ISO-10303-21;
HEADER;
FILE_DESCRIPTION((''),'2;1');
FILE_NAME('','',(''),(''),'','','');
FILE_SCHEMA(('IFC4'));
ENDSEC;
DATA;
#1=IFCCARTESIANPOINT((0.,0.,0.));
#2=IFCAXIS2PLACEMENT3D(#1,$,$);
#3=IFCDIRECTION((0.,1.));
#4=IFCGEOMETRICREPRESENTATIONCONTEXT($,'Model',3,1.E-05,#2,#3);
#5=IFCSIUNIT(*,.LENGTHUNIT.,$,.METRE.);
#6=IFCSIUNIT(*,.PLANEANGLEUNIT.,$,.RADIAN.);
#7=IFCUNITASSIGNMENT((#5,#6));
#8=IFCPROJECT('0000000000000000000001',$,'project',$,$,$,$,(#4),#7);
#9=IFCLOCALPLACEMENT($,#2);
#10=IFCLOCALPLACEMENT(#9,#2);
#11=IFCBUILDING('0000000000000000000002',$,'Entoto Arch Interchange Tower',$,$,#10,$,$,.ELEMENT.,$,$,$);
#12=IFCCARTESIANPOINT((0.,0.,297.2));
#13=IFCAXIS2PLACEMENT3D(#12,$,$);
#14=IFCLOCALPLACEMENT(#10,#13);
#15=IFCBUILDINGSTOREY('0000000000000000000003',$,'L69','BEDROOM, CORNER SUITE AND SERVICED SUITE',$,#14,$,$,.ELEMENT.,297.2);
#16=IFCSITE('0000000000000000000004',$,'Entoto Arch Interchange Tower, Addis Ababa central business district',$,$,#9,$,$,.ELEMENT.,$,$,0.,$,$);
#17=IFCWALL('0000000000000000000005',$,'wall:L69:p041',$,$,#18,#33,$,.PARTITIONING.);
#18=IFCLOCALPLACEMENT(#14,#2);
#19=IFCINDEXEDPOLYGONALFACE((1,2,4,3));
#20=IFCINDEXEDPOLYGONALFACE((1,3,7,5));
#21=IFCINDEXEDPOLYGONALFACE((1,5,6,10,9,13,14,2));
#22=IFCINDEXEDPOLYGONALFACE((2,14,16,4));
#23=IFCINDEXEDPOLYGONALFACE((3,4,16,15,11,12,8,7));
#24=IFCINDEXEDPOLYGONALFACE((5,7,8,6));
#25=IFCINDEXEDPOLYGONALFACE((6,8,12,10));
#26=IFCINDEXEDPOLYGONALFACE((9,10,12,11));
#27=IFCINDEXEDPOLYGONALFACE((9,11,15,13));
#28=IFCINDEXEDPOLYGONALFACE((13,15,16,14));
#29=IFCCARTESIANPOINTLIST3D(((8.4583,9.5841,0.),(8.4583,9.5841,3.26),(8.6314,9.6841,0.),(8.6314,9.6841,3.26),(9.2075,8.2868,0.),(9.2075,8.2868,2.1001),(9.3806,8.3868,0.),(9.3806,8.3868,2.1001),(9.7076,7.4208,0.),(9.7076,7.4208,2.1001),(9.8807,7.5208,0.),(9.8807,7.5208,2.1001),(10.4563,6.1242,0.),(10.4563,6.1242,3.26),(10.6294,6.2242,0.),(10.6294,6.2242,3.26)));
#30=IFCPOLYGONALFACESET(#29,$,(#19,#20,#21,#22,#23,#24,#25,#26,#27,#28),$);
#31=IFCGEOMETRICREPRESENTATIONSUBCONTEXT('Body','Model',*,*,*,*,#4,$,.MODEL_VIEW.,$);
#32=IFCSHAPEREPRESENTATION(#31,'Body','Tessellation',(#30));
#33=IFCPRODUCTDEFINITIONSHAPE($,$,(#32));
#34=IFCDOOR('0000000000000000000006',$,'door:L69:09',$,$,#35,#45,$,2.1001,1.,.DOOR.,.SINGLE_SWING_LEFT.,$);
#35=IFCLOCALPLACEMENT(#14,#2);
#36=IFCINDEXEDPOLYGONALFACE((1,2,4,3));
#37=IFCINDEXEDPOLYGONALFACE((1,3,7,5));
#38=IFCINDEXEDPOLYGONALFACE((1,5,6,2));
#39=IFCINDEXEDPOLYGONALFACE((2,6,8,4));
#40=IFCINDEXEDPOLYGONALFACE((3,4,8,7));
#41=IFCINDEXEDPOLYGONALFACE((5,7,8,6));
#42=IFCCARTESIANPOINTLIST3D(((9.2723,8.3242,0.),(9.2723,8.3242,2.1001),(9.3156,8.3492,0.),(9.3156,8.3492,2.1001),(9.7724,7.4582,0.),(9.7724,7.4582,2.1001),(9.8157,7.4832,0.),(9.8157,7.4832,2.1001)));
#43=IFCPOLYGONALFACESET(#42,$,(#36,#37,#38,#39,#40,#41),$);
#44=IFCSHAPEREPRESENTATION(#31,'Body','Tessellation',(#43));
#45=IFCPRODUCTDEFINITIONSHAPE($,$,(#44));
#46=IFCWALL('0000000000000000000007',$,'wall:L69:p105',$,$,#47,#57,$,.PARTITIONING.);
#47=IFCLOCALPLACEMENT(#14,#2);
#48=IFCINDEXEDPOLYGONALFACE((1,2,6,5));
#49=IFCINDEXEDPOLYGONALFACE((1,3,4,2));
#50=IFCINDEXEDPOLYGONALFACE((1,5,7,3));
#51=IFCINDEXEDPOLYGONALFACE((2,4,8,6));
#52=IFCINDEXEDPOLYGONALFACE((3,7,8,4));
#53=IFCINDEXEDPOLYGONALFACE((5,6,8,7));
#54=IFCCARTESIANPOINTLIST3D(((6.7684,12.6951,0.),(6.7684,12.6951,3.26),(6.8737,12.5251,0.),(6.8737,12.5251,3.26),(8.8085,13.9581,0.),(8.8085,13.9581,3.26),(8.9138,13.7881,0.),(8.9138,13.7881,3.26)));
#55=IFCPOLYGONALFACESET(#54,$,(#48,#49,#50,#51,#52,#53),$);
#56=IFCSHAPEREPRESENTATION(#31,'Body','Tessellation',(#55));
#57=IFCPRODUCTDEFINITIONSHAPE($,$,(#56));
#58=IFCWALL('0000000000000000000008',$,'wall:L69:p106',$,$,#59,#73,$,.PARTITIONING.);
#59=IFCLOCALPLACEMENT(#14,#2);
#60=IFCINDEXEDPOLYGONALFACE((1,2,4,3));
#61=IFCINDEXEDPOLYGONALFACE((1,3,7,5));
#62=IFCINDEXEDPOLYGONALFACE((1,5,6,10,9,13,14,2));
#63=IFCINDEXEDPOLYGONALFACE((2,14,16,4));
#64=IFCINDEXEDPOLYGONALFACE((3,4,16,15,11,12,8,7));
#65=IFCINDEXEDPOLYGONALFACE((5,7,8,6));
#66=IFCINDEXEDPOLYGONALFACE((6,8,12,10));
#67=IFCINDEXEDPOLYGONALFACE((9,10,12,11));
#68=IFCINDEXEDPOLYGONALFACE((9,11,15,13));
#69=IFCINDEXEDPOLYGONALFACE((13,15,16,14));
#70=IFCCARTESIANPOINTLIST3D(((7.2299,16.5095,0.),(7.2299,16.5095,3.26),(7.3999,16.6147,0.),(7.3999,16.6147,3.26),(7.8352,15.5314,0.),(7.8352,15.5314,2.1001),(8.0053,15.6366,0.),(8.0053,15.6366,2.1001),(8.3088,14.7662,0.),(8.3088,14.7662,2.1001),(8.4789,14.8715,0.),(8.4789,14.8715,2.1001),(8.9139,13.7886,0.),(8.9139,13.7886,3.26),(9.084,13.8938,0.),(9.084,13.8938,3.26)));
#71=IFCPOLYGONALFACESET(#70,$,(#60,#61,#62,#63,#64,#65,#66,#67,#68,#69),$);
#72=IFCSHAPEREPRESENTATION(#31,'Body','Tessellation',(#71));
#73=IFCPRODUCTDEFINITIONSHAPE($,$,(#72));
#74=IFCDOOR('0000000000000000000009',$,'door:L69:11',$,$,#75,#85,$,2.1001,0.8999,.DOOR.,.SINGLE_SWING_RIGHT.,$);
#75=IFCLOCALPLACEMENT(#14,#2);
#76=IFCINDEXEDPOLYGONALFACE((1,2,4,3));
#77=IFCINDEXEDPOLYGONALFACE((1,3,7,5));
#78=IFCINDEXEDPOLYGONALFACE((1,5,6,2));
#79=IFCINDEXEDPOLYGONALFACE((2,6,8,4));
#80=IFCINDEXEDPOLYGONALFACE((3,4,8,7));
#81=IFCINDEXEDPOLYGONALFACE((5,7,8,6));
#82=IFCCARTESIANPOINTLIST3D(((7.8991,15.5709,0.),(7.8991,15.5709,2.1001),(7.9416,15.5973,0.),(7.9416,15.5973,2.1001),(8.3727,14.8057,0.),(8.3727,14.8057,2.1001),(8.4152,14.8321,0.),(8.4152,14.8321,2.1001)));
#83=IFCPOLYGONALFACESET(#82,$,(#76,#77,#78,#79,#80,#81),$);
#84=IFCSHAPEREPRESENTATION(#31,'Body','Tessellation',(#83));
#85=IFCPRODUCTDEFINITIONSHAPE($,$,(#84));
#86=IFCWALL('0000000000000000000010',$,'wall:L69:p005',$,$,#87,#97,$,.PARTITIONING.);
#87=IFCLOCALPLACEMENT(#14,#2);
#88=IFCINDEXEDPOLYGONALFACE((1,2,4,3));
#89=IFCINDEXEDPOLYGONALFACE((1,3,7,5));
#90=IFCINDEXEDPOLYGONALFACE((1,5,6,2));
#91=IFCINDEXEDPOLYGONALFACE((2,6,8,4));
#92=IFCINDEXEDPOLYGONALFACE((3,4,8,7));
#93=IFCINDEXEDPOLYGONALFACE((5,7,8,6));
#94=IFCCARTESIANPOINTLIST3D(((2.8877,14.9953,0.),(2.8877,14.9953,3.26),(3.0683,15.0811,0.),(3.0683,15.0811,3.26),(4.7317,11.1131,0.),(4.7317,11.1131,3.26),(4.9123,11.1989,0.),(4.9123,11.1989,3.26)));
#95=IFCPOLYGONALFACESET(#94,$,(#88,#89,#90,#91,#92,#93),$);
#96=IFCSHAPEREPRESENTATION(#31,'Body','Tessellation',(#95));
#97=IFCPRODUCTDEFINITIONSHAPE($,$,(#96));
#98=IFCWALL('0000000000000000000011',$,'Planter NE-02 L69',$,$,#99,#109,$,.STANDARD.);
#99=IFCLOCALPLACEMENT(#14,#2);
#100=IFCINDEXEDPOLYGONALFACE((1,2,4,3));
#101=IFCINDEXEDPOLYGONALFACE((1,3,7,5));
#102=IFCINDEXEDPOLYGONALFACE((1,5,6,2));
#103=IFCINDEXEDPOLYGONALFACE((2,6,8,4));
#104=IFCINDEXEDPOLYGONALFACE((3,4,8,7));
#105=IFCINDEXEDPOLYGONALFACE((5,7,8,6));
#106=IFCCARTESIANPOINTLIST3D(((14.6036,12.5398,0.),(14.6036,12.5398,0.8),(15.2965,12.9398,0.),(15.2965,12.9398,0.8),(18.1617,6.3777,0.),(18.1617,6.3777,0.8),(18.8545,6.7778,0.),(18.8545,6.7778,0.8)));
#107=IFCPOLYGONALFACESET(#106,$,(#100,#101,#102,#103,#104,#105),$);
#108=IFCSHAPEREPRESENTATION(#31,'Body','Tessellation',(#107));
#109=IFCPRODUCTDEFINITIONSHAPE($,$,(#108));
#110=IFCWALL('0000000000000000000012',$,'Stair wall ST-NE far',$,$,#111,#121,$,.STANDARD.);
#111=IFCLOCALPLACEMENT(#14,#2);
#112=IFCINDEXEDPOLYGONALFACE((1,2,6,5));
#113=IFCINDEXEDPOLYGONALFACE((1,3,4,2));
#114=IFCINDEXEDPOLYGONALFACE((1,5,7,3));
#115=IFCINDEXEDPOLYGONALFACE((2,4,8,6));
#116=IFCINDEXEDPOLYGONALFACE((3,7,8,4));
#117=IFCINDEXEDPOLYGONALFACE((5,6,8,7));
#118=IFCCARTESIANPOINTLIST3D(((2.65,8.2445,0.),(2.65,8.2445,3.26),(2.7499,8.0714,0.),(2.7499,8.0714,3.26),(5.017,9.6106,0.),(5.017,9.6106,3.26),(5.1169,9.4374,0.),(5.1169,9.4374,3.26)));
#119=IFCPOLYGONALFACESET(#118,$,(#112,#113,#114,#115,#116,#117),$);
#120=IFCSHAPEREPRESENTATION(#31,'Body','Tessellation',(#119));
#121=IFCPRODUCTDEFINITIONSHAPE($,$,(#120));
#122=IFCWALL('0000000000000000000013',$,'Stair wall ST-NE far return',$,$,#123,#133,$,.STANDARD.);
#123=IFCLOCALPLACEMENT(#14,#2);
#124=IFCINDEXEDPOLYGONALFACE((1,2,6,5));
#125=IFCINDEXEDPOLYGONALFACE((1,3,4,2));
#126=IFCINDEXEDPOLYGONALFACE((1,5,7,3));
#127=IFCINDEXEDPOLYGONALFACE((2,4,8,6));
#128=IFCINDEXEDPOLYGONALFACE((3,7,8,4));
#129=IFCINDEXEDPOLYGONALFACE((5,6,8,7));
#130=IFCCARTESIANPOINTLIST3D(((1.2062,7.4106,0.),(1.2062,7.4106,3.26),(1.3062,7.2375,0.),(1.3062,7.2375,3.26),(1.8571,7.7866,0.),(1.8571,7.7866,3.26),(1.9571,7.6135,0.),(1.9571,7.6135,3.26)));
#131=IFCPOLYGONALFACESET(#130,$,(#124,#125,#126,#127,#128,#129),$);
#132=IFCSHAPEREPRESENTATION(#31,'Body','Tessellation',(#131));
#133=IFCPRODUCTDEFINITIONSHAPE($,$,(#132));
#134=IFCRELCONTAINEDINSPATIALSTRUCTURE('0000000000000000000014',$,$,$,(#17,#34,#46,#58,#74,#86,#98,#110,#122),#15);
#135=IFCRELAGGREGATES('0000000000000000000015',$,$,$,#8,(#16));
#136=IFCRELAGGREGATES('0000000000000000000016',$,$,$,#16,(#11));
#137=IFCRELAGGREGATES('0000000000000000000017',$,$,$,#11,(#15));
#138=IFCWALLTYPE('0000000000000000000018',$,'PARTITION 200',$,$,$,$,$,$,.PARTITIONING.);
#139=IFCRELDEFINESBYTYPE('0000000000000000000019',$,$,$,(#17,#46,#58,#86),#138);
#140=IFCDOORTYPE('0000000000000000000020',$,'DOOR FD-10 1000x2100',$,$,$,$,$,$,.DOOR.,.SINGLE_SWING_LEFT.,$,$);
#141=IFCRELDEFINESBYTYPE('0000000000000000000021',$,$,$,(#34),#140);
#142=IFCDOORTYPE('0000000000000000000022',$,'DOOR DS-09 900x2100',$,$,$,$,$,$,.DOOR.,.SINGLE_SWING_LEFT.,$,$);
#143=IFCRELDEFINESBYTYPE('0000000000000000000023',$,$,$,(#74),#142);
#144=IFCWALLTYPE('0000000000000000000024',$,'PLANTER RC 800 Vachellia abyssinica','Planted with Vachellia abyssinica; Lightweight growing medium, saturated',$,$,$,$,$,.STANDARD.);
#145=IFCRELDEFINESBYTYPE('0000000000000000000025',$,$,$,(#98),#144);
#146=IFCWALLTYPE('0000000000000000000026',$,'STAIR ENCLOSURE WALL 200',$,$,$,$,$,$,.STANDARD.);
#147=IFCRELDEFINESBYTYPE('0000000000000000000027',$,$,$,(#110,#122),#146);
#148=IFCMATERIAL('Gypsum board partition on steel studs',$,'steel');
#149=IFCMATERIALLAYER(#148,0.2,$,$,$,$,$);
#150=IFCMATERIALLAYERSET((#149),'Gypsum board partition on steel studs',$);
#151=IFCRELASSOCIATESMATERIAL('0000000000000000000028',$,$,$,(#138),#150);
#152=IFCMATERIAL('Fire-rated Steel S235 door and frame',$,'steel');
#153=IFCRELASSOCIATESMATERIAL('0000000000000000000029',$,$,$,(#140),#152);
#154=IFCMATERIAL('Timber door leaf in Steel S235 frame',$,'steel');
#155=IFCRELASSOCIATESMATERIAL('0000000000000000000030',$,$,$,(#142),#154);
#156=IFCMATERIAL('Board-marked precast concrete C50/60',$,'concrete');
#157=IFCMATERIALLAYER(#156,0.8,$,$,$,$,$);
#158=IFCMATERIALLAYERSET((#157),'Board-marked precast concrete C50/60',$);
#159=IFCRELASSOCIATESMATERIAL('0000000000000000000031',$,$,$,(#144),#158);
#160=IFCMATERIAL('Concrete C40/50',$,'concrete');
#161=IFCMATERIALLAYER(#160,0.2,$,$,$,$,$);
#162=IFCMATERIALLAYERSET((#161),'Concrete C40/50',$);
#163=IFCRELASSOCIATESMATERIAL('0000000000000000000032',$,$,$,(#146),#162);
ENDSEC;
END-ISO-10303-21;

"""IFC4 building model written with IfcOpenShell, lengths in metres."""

from ifc_helpers import new_model, si_unit, direction, frame, frame_2d, origin, place, context, subcontext, project, spatial, rectangle, extrude, material, layer, layer_set, type_object, element, fill, save


model = new_model("IFC4")

# Units and contexts
model_context = context("Model", 3, precision=1e-05, world=origin(), true_north=direction((0.0, 1.0)))
body_context = subcontext(model_context, "Body", "Model", "MODEL_VIEW")
ifc_project = project(units=[si_unit("LENGTHUNIT", "METRE"), si_unit("PLANEANGLEUNIT", "RADIAN")], contexts=[model_context])

# Site, building, storey
site_placement = place(None, origin())
site = spatial("IfcSite", under=ifc_project, at=site_placement, Name="Entoto Arch Interchange Tower, Addis Ababa central business district", CompositionType="ELEMENT", RefElevation=0.0)
building_placement = place(site_placement, origin())
building = spatial("IfcBuilding", under=site, at=building_placement, Name="Entoto Arch Interchange Tower", CompositionType="ELEMENT")
storey_placement = place(building_placement, frame((0.0, 0.0, 297.2)))
storey = spatial("IfcBuildingStorey", under=building, at=storey_placement, Name="L69", Description="BEDROOM, CORNER SUITE AND SERVICED SUITE", CompositionType="ELEMENT", Elevation=297.2)

# Shared definitions
ifc_material_1 = material(Name="Concrete C40/50", Category="concrete")

# Shared definitions
ifc_material_2 = material(Name="Fire-rated Steel S235 door and frame", Category="steel")

# Shared definitions
ifc_material_3 = material(Name="Gypsum board partition on steel studs", Category="steel")
ifc_layer_1 = layer(ifc_material_3, 0.2)
ifc_layer_set_1 = layer_set([ifc_layer_1], Name="Gypsum board partition on steel studs")
wall_type_1 = type_object("IfcWallType", Name="PARTITION 200", PredefinedType="PARTITIONING", material=ifc_layer_set_1)

# Wall, opening, door
wall_1_placement = place(storey_placement, frame((8.5449, 9.634, 0.0), z_axis=(0.0, 0.0, 1.0), x_axis=(0.500082, -0.865978, 0.0)))
wall_1 = element("IfcWall", 1, at=wall_1_placement, inside=storey, type_object=wall_type_1, Name="wall:L69:p041", PredefinedType="PARTITIONING", context=body_context, shape_type="SweptSolid", body=[
    extrude(rectangle(XDim=3.9954, YDim=0.2, at=frame_2d((1.9976, 0.0))), origin(), (0.0, 0.0, 1.0), 3.26),
])
opening_1_placement = place(wall_1_placement, frame((1.498, 0.0, 0.0)))
opening_1 = element("IfcOpeningElement", 2, at=opening_1_placement, cuts=wall_1, PredefinedType="OPENING", context=body_context, shape_type="SweptSolid", body=[
    extrude(rectangle(XDim=1.0, YDim=2.1001, at=frame_2d((0.5, 1.05))), frame((0.0, 0.1099, 0.0), z_axis=(0.0, -1.0, 0.0), x_axis=(1.0, 0.0, 0.0)), (0.0, 0.0, 1.0), 0.22),
])
door_type_1 = type_object("IfcDoorType", Name="DOOR FD-10 1000x2100", OperationType="SINGLE_SWING_LEFT", PredefinedType="DOOR", material=ifc_material_2)
door_1_placement = place(opening_1_placement, origin())
door_1 = element("IfcDoor", 3, at=door_1_placement, inside=storey, type_object=door_type_1, Name="door:L69:09", OperationType="SINGLE_SWING_LEFT", OverallHeight=2.1001, OverallWidth=1.0, PredefinedType="DOOR", context=body_context, shape_type="SweptSolid", body=[
    extrude(rectangle(XDim=1.0, YDim=2.1001, at=frame_2d((0.5, 1.05))), frame((0.0, 0.0249, 0.0), z_axis=(0.0, -1.0, 0.0), x_axis=(1.0, 0.0, 0.0)), (0.0, 0.0, 1.0), 0.05),
])
fill(opening_1, door_1)

# Wall
wall_2_placement = place(storey_placement, frame((6.821, 12.6101, 0.0), z_axis=(0.0, 0.0, 1.0), x_axis=(0.850254, 0.526372, 0.0)))
element("IfcWall", 4, at=wall_2_placement, inside=storey, type_object=wall_type_1, Name="wall:L69:p105", PredefinedType="PARTITIONING", context=body_context, shape_type="SweptSolid", body=[
    extrude(rectangle(XDim=2.3994, YDim=0.2, at=frame_2d((1.1997, 0.0))), origin(), (0.0, 0.0, 1.0), 3.26),
])

# Wall, opening, door
wall_3_placement = place(storey_placement, frame((8.999, 13.8411, 0.0), z_axis=(0.0, 0.0, 1.0), x_axis=(-0.526284, 0.850309, 0.0)))
wall_3 = element("IfcWall", 5, at=wall_3_placement, inside=storey, type_object=wall_type_1, Name="wall:L69:p106", PredefinedType="PARTITIONING", context=body_context, shape_type="SweptSolid", body=[
    extrude(rectangle(XDim=3.2, YDim=0.2, at=frame_2d((1.6001, 0.0))), origin(), (0.0, 0.0, 1.0), 3.26),
])
opening_2_placement = place(wall_3_placement, frame((1.1499, 0.0, 0.0)))
opening_2 = element("IfcOpeningElement", 6, at=opening_2_placement, cuts=wall_3, PredefinedType="OPENING", context=body_context, shape_type="SweptSolid", body=[
    extrude(rectangle(XDim=0.8999, YDim=2.1001, at=frame_2d((0.45, 1.05))), frame((0.0, 0.1099, 0.0), z_axis=(0.0, -1.0, 0.0), x_axis=(1.0, 0.0, 0.0)), (0.0, 0.0, 1.0), 0.22),
])
ifc_material_4 = material(Name="Timber door leaf in Steel S235 frame", Category="steel")
door_type_2 = type_object("IfcDoorType", Name="DOOR DS-09 900x2100", OperationType="SINGLE_SWING_LEFT", PredefinedType="DOOR", material=ifc_material_4)
door_2_placement = place(opening_2_placement, origin())
door_2 = element("IfcDoor", 7, at=door_2_placement, inside=storey, type_object=door_type_2, Name="door:L69:11", OperationType="SINGLE_SWING_RIGHT", OverallHeight=2.1001, OverallWidth=0.8999, PredefinedType="DOOR", context=body_context, shape_type="SweptSolid", body=[
    extrude(rectangle(XDim=0.8999, YDim=2.1001, at=frame_2d((0.45, 1.05))), frame((0.0, 0.0249, 0.0), z_axis=(0.0, -1.0, 0.0), x_axis=(1.0, 0.0, 0.0)), (0.0, 0.0, 1.0), 0.05),
])
fill(opening_2, door_2)

# Walls
wall_4_placement = place(storey_placement, frame((4.822, 11.156, 0.0), z_axis=(0.0, 0.0, 1.0), x_axis=(-0.429058, 0.903277, 0.0)))
element("IfcWall", 8, at=wall_4_placement, inside=storey, type_object=wall_type_1, Name="wall:L69:p005", PredefinedType="PARTITIONING", context=body_context, shape_type="SweptSolid", body=[
    extrude(rectangle(XDim=4.2979, YDim=0.2, at=frame_2d((2.1489, 0.0))), origin(), (0.0, 0.0, 1.0), 3.26),
])
ifc_material_5 = material(Name="Board-marked precast concrete C50/60", Category="concrete")
ifc_layer_2 = layer(ifc_material_5, 0.8)
ifc_layer_set_2 = layer_set([ifc_layer_2], Name="Board-marked precast concrete C50/60")
wall_type_2 = type_object("IfcWallType", Name="PLANTER RC 800 Vachellia abyssinica", Description="Planted with Vachellia abyssinica; Lightweight growing medium, saturated", PredefinedType="STANDARD", material=ifc_layer_set_2)
wall_5_placement = place(storey_placement, frame((18.5081, 6.5779, 0.0), z_axis=(0.0, 0.0, 1.0), x_axis=(-0.500043, 0.866, 0.0)))
element("IfcWall", 9, at=wall_5_placement, inside=storey, type_object=wall_type_2, Name="Planter NE-02 L69", PredefinedType="STANDARD", context=body_context, shape_type="SweptSolid", body=[
    extrude(rectangle(XDim=7.1155, YDim=0.8, at=frame_2d((3.5576, 0.0))), origin(), (0.0, 0.0, 1.0), 0.8),
])
ifc_layer_3 = layer(ifc_material_1, 0.2)
ifc_layer_set_3 = layer_set([ifc_layer_3], Name="Concrete C40/50")
wall_type_3 = type_object("IfcWallType", Name="STAIR ENCLOSURE WALL 200", PredefinedType="STANDARD", material=ifc_layer_set_3)
wall_6_placement = place(storey_placement, frame((2.7, 8.158, 0.0), z_axis=(0.0, 0.0, 1.0), x_axis=(0.866119, 0.499838, 0.0)))
element("IfcWall", 10, at=wall_6_placement, inside=storey, type_object=wall_type_3, Name="Stair wall ST-NE far", PredefinedType="STANDARD", context=body_context, shape_type="SweptSolid", body=[
    extrude(rectangle(XDim=2.7329, YDim=0.2, at=frame_2d((1.3665, 0.0))), origin(), (0.0, 0.0, 1.0), 3.26),
])
wall_7_placement = place(storey_placement, frame((1.2561, 7.324, 0.0), z_axis=(0.0, 0.0, 1.0), x_axis=(0.865915, 0.500191, 0.0)))
element("IfcWall", 11, at=wall_7_placement, inside=storey, type_object=wall_type_3, Name="Stair wall ST-NE far return", PredefinedType="STANDARD", context=body_context, shape_type="SweptSolid", body=[
    extrude(rectangle(XDim=0.7517, YDim=0.2, at=frame_2d((0.376, 0.0))), origin(), (0.0, 0.0, 1.0), 3.26),
])

save(model, "model.ifc")
